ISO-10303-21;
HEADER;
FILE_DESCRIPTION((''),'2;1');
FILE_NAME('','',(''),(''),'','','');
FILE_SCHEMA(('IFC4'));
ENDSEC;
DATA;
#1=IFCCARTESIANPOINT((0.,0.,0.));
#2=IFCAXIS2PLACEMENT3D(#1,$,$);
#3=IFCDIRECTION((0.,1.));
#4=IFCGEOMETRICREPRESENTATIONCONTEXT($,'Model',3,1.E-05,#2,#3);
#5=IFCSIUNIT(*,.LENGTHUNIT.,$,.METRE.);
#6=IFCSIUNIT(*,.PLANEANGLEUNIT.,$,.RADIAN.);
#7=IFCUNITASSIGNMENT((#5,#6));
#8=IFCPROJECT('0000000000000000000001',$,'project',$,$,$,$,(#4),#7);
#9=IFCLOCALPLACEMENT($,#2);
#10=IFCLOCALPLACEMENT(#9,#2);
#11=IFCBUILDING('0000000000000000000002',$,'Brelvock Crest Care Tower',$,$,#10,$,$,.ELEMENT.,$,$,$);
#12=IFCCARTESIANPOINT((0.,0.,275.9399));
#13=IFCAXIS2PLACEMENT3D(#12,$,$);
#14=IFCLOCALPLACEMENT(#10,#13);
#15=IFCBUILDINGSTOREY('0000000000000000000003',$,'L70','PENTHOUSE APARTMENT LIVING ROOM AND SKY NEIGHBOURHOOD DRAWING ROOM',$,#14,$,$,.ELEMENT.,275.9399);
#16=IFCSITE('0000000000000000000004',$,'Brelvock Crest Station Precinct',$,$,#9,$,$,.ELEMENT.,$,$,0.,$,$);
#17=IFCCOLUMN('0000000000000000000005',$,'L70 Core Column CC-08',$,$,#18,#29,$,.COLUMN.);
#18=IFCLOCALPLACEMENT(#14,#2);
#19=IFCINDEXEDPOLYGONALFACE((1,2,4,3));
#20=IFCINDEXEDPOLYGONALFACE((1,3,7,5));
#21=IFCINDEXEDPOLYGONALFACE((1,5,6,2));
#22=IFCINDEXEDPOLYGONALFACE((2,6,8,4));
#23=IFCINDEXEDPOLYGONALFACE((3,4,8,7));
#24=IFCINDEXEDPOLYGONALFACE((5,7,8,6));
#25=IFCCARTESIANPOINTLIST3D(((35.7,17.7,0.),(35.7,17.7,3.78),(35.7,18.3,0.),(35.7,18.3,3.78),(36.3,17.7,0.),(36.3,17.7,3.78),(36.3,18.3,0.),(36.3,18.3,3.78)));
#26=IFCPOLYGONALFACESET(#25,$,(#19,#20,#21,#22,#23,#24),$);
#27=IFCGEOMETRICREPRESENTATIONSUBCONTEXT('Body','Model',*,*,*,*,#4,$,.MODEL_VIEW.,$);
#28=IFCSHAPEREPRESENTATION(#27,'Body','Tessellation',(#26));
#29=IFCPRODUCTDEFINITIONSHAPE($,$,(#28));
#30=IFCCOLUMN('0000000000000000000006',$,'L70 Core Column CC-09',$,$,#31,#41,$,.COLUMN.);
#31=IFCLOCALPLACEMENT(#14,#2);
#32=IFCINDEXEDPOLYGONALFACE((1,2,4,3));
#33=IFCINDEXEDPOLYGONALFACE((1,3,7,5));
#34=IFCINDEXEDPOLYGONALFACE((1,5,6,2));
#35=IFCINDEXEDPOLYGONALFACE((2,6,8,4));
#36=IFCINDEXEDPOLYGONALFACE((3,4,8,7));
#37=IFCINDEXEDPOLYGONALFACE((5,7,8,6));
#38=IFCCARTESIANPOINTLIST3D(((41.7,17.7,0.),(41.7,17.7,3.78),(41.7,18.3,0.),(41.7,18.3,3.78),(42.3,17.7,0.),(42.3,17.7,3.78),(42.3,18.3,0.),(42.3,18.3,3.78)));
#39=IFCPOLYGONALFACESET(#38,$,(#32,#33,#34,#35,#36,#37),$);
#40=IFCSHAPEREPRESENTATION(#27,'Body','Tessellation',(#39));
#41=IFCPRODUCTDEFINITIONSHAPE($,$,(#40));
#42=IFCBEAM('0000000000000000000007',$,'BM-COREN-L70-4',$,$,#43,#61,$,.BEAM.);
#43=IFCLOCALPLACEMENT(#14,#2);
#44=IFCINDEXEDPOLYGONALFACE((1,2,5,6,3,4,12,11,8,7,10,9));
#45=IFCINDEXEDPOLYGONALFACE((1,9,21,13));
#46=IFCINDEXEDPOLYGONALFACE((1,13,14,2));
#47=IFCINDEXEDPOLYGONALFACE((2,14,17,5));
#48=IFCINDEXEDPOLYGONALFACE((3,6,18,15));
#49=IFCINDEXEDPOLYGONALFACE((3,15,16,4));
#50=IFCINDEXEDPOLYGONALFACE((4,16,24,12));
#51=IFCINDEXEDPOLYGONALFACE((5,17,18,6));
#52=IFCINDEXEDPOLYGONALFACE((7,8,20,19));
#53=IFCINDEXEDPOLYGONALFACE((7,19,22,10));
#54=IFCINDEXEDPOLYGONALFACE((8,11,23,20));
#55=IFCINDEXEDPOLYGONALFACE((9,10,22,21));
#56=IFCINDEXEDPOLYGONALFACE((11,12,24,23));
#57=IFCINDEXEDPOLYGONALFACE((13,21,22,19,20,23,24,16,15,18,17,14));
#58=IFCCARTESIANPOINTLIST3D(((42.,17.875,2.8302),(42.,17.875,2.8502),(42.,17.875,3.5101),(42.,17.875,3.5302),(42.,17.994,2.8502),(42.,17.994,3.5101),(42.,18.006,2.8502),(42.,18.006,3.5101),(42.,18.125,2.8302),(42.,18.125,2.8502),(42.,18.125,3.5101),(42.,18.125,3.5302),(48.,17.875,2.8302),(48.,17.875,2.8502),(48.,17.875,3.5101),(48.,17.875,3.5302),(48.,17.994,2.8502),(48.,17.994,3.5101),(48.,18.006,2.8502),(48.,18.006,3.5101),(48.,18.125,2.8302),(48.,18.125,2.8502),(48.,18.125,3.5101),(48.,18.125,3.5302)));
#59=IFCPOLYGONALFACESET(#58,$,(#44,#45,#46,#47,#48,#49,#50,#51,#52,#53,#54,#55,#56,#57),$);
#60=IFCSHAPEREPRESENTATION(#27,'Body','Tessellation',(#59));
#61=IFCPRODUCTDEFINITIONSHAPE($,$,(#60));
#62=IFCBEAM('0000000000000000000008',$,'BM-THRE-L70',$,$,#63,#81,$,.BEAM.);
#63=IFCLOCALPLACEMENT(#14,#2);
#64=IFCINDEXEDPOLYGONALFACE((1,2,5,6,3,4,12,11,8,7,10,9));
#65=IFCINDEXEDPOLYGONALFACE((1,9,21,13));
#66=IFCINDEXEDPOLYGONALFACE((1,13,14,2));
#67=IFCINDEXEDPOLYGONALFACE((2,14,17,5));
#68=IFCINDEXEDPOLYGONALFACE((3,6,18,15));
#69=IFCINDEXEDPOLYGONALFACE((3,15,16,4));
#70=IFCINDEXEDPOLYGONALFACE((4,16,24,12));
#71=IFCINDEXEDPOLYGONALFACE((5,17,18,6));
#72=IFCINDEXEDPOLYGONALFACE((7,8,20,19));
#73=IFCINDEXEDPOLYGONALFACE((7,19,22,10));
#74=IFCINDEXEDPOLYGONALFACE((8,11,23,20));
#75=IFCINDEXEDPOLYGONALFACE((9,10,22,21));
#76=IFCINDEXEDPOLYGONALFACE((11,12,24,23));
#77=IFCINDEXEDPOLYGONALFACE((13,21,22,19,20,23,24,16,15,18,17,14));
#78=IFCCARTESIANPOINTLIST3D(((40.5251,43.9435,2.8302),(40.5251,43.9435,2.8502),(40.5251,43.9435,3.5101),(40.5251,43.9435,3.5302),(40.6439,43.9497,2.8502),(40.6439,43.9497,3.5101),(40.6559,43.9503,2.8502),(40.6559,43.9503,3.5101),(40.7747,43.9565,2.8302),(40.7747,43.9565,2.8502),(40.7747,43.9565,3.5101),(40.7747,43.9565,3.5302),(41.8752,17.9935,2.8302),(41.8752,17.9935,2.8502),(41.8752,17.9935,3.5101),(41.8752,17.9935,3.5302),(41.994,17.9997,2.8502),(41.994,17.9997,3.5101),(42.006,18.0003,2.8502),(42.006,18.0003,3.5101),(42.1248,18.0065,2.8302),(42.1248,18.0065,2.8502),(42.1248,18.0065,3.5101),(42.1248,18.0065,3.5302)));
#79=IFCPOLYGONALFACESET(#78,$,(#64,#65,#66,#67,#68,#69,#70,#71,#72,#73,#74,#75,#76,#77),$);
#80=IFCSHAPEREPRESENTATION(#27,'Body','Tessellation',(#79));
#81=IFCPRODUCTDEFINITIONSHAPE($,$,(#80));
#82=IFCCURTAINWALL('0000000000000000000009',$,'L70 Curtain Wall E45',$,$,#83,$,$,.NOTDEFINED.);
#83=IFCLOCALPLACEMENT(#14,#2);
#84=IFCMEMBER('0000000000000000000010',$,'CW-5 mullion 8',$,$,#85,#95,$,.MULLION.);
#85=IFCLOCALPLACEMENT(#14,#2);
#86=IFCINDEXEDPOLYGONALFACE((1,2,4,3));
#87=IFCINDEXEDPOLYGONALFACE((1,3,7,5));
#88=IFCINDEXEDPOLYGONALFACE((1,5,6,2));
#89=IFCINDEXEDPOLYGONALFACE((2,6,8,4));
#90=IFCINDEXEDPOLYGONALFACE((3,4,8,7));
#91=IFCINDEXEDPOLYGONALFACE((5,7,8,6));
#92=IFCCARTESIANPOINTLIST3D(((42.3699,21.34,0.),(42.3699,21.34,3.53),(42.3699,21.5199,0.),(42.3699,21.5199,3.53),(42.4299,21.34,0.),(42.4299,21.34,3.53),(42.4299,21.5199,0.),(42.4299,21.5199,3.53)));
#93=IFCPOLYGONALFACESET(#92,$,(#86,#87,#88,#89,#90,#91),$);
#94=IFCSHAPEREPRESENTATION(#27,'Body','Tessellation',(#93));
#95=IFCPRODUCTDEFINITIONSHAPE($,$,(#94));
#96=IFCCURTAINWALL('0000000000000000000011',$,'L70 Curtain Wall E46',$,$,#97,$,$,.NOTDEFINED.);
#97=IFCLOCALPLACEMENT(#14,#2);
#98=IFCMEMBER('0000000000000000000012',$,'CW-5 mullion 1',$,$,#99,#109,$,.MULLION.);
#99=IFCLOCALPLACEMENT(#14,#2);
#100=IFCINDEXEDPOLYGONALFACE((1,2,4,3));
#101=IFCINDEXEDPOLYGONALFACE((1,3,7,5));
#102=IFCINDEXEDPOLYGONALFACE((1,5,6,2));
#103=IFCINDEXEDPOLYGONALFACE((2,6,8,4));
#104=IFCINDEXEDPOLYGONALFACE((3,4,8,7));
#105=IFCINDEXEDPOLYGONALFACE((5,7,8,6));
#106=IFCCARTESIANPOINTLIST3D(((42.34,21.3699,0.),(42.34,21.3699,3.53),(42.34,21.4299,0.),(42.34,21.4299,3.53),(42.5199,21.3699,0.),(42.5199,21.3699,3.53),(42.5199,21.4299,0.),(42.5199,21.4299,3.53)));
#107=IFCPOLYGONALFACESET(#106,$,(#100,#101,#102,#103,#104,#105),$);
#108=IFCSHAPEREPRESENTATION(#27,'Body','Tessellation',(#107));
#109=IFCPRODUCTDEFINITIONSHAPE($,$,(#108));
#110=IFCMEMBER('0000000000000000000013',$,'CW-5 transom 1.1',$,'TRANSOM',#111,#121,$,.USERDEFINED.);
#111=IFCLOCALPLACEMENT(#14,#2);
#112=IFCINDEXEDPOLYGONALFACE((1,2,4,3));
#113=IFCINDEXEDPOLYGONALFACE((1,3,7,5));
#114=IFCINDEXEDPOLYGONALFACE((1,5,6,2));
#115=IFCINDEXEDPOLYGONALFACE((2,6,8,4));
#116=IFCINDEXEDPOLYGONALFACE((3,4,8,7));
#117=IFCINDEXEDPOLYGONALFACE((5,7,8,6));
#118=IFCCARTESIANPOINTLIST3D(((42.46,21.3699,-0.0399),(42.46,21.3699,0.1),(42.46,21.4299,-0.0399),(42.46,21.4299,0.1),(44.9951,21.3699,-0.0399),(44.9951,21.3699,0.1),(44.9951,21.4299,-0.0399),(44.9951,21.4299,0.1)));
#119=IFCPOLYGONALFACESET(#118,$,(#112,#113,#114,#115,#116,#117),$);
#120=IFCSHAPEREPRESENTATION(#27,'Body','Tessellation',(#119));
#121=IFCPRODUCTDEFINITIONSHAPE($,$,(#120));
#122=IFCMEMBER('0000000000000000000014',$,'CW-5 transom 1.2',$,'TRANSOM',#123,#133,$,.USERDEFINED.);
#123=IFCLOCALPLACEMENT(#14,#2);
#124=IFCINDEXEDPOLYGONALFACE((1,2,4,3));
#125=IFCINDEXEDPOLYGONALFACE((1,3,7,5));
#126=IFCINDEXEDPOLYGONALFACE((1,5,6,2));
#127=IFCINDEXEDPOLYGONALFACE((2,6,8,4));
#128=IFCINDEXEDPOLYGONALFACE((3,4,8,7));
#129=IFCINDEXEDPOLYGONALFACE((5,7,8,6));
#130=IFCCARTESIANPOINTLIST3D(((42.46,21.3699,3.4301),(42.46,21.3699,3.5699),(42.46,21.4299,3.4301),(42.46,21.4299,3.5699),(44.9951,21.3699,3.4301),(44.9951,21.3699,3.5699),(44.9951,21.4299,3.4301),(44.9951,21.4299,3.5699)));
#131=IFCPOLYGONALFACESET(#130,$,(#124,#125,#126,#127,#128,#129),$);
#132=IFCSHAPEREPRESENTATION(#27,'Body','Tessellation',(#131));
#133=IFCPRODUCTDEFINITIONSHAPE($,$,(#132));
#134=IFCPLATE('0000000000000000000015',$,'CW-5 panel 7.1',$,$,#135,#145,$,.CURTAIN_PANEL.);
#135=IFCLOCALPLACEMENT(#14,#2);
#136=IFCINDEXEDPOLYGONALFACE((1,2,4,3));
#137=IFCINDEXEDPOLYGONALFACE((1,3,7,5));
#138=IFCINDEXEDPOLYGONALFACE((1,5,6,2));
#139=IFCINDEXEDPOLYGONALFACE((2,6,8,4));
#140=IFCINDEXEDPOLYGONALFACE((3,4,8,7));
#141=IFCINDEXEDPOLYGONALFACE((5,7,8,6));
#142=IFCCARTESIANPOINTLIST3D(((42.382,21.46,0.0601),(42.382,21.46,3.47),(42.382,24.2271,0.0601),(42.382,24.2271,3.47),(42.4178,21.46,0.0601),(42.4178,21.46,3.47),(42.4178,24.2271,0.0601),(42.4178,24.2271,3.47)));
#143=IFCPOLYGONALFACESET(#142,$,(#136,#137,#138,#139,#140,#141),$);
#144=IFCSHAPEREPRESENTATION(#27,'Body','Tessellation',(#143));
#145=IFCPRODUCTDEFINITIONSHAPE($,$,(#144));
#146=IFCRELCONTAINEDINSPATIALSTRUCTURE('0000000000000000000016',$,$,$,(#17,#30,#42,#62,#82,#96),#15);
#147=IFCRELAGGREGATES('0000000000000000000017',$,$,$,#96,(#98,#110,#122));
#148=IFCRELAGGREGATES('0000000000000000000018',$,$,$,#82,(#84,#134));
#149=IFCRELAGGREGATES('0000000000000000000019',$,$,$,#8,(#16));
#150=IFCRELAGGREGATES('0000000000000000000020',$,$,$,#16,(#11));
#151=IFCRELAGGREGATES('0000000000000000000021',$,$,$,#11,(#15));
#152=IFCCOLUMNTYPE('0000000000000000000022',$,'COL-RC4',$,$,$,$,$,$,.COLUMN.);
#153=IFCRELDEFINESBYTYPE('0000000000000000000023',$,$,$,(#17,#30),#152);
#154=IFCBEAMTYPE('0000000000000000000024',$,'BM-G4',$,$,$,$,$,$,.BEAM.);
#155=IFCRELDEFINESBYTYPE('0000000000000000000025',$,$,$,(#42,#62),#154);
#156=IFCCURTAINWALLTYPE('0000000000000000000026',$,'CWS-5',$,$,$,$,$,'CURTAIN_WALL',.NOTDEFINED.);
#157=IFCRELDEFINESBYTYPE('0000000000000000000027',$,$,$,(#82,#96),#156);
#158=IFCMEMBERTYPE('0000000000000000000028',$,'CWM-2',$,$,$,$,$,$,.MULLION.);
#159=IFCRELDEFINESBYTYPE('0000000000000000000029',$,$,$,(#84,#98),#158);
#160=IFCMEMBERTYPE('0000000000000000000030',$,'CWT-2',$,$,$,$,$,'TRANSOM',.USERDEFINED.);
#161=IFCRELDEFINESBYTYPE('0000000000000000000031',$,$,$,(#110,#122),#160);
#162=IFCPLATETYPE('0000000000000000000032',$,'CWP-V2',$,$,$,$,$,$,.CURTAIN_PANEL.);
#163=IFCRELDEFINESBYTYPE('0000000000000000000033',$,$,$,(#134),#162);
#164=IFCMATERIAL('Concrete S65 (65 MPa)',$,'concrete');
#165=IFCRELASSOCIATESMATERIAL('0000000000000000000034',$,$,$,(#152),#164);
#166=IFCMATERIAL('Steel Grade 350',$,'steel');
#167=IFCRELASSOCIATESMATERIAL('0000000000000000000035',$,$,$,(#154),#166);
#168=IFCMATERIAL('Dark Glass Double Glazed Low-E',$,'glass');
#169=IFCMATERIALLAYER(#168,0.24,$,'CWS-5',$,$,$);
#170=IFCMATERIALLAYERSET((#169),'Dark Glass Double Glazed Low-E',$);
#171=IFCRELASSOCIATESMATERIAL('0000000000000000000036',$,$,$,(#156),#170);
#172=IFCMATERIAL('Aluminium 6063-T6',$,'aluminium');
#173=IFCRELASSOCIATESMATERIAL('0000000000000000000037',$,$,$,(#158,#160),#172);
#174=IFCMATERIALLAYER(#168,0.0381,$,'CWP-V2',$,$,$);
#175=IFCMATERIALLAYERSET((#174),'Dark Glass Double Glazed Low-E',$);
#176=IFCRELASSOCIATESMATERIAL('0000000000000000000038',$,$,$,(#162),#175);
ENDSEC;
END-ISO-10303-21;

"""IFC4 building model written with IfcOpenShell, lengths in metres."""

from ifc_helpers import new_model, si_unit, direction, frame, origin, origin_2d, place, context, subcontext, project, spatial, rectangle, i_section, extrude, source, transform, mapped, material, layer, layer_set, material_profile, profile_set, type_object, element, aggregate, save


model = new_model("IFC4")

# Units and contexts
model_context = context("Model", 3, precision=1e-05, world=origin(), true_north=direction((0.0, 1.0)))
body_context = subcontext(model_context, "Body", "Model", "MODEL_VIEW")
ifc_project = project(units=[si_unit("LENGTHUNIT", "METRE"), si_unit("PLANEANGLEUNIT", "RADIAN")], contexts=[model_context])

# Site, building, storey
site_placement = place(None, origin())
site = spatial("IfcSite", under=ifc_project, at=site_placement, Name="Brelvock Crest Station Precinct", CompositionType="ELEMENT", RefElevation=0.0)
building_placement = place(site_placement, origin())
building = spatial("IfcBuilding", under=site, at=building_placement, Name="Brelvock Crest Care Tower", CompositionType="ELEMENT")
storey_placement = place(building_placement, frame((0.0, 0.0, 275.9399)))
storey = spatial("IfcBuildingStorey", under=building, at=storey_placement, Name="L70", Description="PENTHOUSE APARTMENT LIVING ROOM AND SKY NEIGHBOURHOOD DRAWING ROOM", CompositionType="ELEMENT", Elevation=275.9399)

# Columns
ifc_material_1 = material(Name="Concrete S65 (65 MPa)", Category="concrete")
ifc_material_profile_1 = material_profile(ifc_material_1, rectangle(XDim=0.6001, YDim=0.6001, at=origin_2d()), Name="RC600x600")
ifc_profile_set_1 = profile_set([ifc_material_profile_1], Name="Concrete S65 (65 MPa)")
column_type = type_object("IfcColumnType", Name="COL-RC4", PredefinedType="COLUMN", material=ifc_profile_set_1)
shared_shape_1 = source(origin(), body_context, "Body", "SweptSolid", [
    extrude(rectangle(XDim=0.6001, YDim=0.6001, at=origin_2d()), origin(), (0.0, 0.0, 1.0), 3.78),
])
for number, where, z_axis, x_axis, name in (
    (1, (36.0, 18.0, 0.0), (0.0, 0.0, 1.0), (1.0, 0.0, 0.0), "L70 Core Column CC-08"),
    (2, (42.0, 18.0, 0.0), (0.0, 0.0, 1.0), (1.0, 0.0, 0.0), "L70 Core Column CC-09"),
):
    element("IfcColumn", number, at=place(storey_placement, frame(where, z_axis=z_axis, x_axis=x_axis)), inside=storey, type_object=column_type, Name=name, PredefinedType="COLUMN", context=body_context, shape_type="MappedRepresentation", body=[
        mapped(shared_shape_1, transform((0.0, 0.0, 0.0), x_axis=(1.0, 0.0, 0.0), y_axis=(0.0, 1.0, 0.0), z_axis=(0.0, 0.0, 1.0), scale=1.0)),
    ])

# Beams
ifc_material_2 = material(Name="Steel Grade 350", Category="steel")
ifc_material_profile_2 = material_profile(ifc_material_2, i_section(OverallWidth=0.25, OverallDepth=0.7, WebThickness=0.012, FlangeThickness=0.02, at=origin_2d()), Name="700WB150")
ifc_profile_set_2 = profile_set([ifc_material_profile_2], Name="Steel Grade 350")
beam_type = type_object("IfcBeamType", Name="BM-G4", PredefinedType="BEAM", material=ifc_profile_set_2)
shared_shape_2 = source(origin(), body_context, "Body", "SweptSolid", [
    extrude(i_section(OverallWidth=0.25, OverallDepth=0.7, WebThickness=0.012, FlangeThickness=0.02, at=origin_2d()), origin(), (0.0, 0.0, 1.0), 6.0),
])
beam_1_placement = place(storey_placement, frame((42.0, 18.0, 3.1802), z_axis=(1.0, 0.0, 0.0), x_axis=(0.0, 1.0, 0.0)))
element("IfcBeam", 3, at=beam_1_placement, inside=storey, type_object=beam_type, Name="BM-COREN-L70-4", PredefinedType="BEAM", context=body_context, shape_type="MappedRepresentation", body=[
    mapped(shared_shape_2, transform((0.0, 0.0, 0.0), x_axis=(1.0, 0.0, 0.0), y_axis=(0.0, 1.0, 0.0), z_axis=(0.0, 0.0, 1.0), scale=1.0)),
])
shared_shape_3 = source(origin(), body_context, "Body", "SweptSolid", [
    extrude(i_section(OverallWidth=0.25, OverallDepth=0.7, WebThickness=0.012, FlangeThickness=0.02, at=origin_2d()), origin(), (0.0, 0.0, 1.0), 25.9851),
])
beam_2_placement = place(storey_placement, frame((42.0, 18.0, 3.1802), z_axis=(-0.051957, 0.998649, 0.0), x_axis=(-0.998649, -0.051957, 0.0)))
element("IfcBeam", 4, at=beam_2_placement, inside=storey, type_object=beam_type, Name="BM-THRE-L70", PredefinedType="BEAM", context=body_context, shape_type="MappedRepresentation", body=[
    mapped(shared_shape_3, transform((0.0, 0.0, 0.0), x_axis=(1.0, 0.0, 0.0), y_axis=(0.0, 1.0, 0.0), z_axis=(0.0, 0.0, 1.0), scale=1.0)),
])

# Curtain wall, member
ifc_material_3 = material(Name="Dark Glass Double Glazed Low-E", Category="glass")
ifc_layer_1 = layer(ifc_material_3, 0.24, Name="CWS-5")
ifc_layer_set_1 = layer_set([ifc_layer_1], Name="Dark Glass Double Glazed Low-E")
curtain_wall_type = type_object("IfcCurtainWallType", Name="CWS-5", ElementType="CURTAIN_WALL", PredefinedType="NOTDEFINED", material=ifc_layer_set_1)
curtain_wall_1_placement = place(storey_placement, origin())
curtain_wall_1 = element("IfcCurtainWall", 5, at=curtain_wall_1_placement, inside=storey, type_object=curtain_wall_type, Name="L70 Curtain Wall E45", PredefinedType="NOTDEFINED")
ifc_material_4 = material(Name="Aluminium 6063-T6", Category="aluminium")
ifc_material_profile_3 = material_profile(ifc_material_4, rectangle(XDim=0.0601, YDim=0.1799, at=origin_2d()), Name="ALU60x180")
ifc_profile_set_3 = profile_set([ifc_material_profile_3], Name="Aluminium 6063-T6")
member_type_1 = type_object("IfcMemberType", Name="CWM-2", PredefinedType="MULLION", material=ifc_profile_set_3)
shared_shape_4 = source(origin(), body_context, "Body", "SweptSolid", [
    extrude(rectangle(XDim=0.0601, YDim=0.1799, at=origin_2d()), origin(), (0.0, 0.0, 1.0), 3.53),
])
member_1_placement = place(storey_placement, frame((42.3999, 21.4299, 0.0), z_axis=(0.0, 0.0, 1.0), x_axis=(1.0, 0.0, 0.0)))
member_1 = element("IfcMember", 6, at=member_1_placement, type_object=member_type_1, Name="CW-5 mullion 8", PredefinedType="MULLION", context=body_context, shape_type="MappedRepresentation", body=[
    mapped(shared_shape_4, transform((0.0, 0.0, 0.0), x_axis=(1.0, 0.0, 0.0), y_axis=(0.0, 1.0, 0.0), z_axis=(0.0, 0.0, 1.0), scale=1.0)),
])

# Curtain wall, members
curtain_wall_2_placement = place(storey_placement, origin())
curtain_wall_2 = element("IfcCurtainWall", 7, at=curtain_wall_2_placement, inside=storey, type_object=curtain_wall_type, Name="L70 Curtain Wall E46", PredefinedType="NOTDEFINED")
member_2_placement = place(storey_placement, frame((42.4299, 21.3999, 0.0), z_axis=(0.0, 0.0, 1.0), x_axis=(0.0, 1.0, 0.0)))
member_2 = element("IfcMember", 8, at=member_2_placement, type_object=member_type_1, Name="CW-5 mullion 1", PredefinedType="MULLION", context=body_context, shape_type="MappedRepresentation", body=[
    mapped(shared_shape_4, transform((0.0, 0.0, 0.0), x_axis=(1.0, 0.0, 0.0), y_axis=(0.0, 1.0, 0.0), z_axis=(0.0, 0.0, 1.0), scale=1.0)),
])
ifc_material_profile_4 = material_profile(ifc_material_4, rectangle(XDim=0.0601, YDim=0.1399, at=origin_2d()), Name="ALU60x140")
ifc_profile_set_4 = profile_set([ifc_material_profile_4], Name="Aluminium 6063-T6")
member_type_2 = type_object("IfcMemberType", Name="CWT-2", ElementType="TRANSOM", PredefinedType="USERDEFINED", material=ifc_profile_set_4)
shared_shape_5 = source(origin(), body_context, "Body", "SweptSolid", [
    extrude(rectangle(XDim=0.0601, YDim=0.1399, at=origin_2d()), origin(), (0.0, 0.0, 1.0), 2.5352),
])
member_3_placement = place(storey_placement, frame((42.46, 21.3999, 0.03), z_axis=(1.0, 0.0, 0.0), x_axis=(0.0, 1.0, 0.0)))
member_3 = element("IfcMember", 9, at=member_3_placement, type_object=member_type_2, Name="CW-5 transom 1.1", ObjectType="TRANSOM", PredefinedType="USERDEFINED", context=body_context, shape_type="MappedRepresentation", body=[
    mapped(shared_shape_5, transform((0.0, 0.0, 0.0), x_axis=(1.0, 0.0, 0.0), y_axis=(0.0, 1.0, 0.0), z_axis=(0.0, 0.0, 1.0), scale=1.0)),
])
member_4_placement = place(storey_placement, frame((42.46, 21.3999, 3.5), z_axis=(1.0, 0.0, 0.0), x_axis=(0.0, 1.0, 0.0)))
member_4 = element("IfcMember", 10, at=member_4_placement, type_object=member_type_2, Name="CW-5 transom 1.2", ObjectType="TRANSOM", PredefinedType="USERDEFINED", context=body_context, shape_type="MappedRepresentation", body=[
    mapped(shared_shape_5, transform((0.0, 0.0, 0.0), x_axis=(1.0, 0.0, 0.0), y_axis=(0.0, 1.0, 0.0), z_axis=(0.0, 0.0, 1.0), scale=1.0)),
])
aggregate(curtain_wall_2, [member_2, member_3, member_4])

# Plate
ifc_layer_2 = layer(ifc_material_3, 0.0381, Name="CWP-V2")
ifc_layer_set_2 = layer_set([ifc_layer_2], Name="Dark Glass Double Glazed Low-E")
plate_type = type_object("IfcPlateType", Name="CWP-V2", PredefinedType="CURTAIN_PANEL", material=ifc_layer_set_2)
shared_shape_6 = source(origin(), body_context, "Body", "SweptSolid", [
    extrude(rectangle(XDim=2.7671, YDim=0.0359, at=origin_2d()), origin(), (0.0, 0.0, 1.0), 3.4099),
])
plate_placement = place(storey_placement, frame((42.3999, 22.8435, 0.0601), z_axis=(0.0, 0.0, 1.0), x_axis=(0.0, -1.0, 0.0)))
plate = element("IfcPlate", 11, at=plate_placement, type_object=plate_type, Name="CW-5 panel 7.1", PredefinedType="CURTAIN_PANEL", context=body_context, shape_type="MappedRepresentation", body=[
    mapped(shared_shape_6, transform((0.0, 0.0, 0.0), x_axis=(1.0, 0.0, 0.0), y_axis=(0.0, 1.0, 0.0), z_axis=(0.0, 0.0, 1.0), scale=1.0)),
])
aggregate(curtain_wall_1, [member_1, plate])

save(model, "model.ifc")
